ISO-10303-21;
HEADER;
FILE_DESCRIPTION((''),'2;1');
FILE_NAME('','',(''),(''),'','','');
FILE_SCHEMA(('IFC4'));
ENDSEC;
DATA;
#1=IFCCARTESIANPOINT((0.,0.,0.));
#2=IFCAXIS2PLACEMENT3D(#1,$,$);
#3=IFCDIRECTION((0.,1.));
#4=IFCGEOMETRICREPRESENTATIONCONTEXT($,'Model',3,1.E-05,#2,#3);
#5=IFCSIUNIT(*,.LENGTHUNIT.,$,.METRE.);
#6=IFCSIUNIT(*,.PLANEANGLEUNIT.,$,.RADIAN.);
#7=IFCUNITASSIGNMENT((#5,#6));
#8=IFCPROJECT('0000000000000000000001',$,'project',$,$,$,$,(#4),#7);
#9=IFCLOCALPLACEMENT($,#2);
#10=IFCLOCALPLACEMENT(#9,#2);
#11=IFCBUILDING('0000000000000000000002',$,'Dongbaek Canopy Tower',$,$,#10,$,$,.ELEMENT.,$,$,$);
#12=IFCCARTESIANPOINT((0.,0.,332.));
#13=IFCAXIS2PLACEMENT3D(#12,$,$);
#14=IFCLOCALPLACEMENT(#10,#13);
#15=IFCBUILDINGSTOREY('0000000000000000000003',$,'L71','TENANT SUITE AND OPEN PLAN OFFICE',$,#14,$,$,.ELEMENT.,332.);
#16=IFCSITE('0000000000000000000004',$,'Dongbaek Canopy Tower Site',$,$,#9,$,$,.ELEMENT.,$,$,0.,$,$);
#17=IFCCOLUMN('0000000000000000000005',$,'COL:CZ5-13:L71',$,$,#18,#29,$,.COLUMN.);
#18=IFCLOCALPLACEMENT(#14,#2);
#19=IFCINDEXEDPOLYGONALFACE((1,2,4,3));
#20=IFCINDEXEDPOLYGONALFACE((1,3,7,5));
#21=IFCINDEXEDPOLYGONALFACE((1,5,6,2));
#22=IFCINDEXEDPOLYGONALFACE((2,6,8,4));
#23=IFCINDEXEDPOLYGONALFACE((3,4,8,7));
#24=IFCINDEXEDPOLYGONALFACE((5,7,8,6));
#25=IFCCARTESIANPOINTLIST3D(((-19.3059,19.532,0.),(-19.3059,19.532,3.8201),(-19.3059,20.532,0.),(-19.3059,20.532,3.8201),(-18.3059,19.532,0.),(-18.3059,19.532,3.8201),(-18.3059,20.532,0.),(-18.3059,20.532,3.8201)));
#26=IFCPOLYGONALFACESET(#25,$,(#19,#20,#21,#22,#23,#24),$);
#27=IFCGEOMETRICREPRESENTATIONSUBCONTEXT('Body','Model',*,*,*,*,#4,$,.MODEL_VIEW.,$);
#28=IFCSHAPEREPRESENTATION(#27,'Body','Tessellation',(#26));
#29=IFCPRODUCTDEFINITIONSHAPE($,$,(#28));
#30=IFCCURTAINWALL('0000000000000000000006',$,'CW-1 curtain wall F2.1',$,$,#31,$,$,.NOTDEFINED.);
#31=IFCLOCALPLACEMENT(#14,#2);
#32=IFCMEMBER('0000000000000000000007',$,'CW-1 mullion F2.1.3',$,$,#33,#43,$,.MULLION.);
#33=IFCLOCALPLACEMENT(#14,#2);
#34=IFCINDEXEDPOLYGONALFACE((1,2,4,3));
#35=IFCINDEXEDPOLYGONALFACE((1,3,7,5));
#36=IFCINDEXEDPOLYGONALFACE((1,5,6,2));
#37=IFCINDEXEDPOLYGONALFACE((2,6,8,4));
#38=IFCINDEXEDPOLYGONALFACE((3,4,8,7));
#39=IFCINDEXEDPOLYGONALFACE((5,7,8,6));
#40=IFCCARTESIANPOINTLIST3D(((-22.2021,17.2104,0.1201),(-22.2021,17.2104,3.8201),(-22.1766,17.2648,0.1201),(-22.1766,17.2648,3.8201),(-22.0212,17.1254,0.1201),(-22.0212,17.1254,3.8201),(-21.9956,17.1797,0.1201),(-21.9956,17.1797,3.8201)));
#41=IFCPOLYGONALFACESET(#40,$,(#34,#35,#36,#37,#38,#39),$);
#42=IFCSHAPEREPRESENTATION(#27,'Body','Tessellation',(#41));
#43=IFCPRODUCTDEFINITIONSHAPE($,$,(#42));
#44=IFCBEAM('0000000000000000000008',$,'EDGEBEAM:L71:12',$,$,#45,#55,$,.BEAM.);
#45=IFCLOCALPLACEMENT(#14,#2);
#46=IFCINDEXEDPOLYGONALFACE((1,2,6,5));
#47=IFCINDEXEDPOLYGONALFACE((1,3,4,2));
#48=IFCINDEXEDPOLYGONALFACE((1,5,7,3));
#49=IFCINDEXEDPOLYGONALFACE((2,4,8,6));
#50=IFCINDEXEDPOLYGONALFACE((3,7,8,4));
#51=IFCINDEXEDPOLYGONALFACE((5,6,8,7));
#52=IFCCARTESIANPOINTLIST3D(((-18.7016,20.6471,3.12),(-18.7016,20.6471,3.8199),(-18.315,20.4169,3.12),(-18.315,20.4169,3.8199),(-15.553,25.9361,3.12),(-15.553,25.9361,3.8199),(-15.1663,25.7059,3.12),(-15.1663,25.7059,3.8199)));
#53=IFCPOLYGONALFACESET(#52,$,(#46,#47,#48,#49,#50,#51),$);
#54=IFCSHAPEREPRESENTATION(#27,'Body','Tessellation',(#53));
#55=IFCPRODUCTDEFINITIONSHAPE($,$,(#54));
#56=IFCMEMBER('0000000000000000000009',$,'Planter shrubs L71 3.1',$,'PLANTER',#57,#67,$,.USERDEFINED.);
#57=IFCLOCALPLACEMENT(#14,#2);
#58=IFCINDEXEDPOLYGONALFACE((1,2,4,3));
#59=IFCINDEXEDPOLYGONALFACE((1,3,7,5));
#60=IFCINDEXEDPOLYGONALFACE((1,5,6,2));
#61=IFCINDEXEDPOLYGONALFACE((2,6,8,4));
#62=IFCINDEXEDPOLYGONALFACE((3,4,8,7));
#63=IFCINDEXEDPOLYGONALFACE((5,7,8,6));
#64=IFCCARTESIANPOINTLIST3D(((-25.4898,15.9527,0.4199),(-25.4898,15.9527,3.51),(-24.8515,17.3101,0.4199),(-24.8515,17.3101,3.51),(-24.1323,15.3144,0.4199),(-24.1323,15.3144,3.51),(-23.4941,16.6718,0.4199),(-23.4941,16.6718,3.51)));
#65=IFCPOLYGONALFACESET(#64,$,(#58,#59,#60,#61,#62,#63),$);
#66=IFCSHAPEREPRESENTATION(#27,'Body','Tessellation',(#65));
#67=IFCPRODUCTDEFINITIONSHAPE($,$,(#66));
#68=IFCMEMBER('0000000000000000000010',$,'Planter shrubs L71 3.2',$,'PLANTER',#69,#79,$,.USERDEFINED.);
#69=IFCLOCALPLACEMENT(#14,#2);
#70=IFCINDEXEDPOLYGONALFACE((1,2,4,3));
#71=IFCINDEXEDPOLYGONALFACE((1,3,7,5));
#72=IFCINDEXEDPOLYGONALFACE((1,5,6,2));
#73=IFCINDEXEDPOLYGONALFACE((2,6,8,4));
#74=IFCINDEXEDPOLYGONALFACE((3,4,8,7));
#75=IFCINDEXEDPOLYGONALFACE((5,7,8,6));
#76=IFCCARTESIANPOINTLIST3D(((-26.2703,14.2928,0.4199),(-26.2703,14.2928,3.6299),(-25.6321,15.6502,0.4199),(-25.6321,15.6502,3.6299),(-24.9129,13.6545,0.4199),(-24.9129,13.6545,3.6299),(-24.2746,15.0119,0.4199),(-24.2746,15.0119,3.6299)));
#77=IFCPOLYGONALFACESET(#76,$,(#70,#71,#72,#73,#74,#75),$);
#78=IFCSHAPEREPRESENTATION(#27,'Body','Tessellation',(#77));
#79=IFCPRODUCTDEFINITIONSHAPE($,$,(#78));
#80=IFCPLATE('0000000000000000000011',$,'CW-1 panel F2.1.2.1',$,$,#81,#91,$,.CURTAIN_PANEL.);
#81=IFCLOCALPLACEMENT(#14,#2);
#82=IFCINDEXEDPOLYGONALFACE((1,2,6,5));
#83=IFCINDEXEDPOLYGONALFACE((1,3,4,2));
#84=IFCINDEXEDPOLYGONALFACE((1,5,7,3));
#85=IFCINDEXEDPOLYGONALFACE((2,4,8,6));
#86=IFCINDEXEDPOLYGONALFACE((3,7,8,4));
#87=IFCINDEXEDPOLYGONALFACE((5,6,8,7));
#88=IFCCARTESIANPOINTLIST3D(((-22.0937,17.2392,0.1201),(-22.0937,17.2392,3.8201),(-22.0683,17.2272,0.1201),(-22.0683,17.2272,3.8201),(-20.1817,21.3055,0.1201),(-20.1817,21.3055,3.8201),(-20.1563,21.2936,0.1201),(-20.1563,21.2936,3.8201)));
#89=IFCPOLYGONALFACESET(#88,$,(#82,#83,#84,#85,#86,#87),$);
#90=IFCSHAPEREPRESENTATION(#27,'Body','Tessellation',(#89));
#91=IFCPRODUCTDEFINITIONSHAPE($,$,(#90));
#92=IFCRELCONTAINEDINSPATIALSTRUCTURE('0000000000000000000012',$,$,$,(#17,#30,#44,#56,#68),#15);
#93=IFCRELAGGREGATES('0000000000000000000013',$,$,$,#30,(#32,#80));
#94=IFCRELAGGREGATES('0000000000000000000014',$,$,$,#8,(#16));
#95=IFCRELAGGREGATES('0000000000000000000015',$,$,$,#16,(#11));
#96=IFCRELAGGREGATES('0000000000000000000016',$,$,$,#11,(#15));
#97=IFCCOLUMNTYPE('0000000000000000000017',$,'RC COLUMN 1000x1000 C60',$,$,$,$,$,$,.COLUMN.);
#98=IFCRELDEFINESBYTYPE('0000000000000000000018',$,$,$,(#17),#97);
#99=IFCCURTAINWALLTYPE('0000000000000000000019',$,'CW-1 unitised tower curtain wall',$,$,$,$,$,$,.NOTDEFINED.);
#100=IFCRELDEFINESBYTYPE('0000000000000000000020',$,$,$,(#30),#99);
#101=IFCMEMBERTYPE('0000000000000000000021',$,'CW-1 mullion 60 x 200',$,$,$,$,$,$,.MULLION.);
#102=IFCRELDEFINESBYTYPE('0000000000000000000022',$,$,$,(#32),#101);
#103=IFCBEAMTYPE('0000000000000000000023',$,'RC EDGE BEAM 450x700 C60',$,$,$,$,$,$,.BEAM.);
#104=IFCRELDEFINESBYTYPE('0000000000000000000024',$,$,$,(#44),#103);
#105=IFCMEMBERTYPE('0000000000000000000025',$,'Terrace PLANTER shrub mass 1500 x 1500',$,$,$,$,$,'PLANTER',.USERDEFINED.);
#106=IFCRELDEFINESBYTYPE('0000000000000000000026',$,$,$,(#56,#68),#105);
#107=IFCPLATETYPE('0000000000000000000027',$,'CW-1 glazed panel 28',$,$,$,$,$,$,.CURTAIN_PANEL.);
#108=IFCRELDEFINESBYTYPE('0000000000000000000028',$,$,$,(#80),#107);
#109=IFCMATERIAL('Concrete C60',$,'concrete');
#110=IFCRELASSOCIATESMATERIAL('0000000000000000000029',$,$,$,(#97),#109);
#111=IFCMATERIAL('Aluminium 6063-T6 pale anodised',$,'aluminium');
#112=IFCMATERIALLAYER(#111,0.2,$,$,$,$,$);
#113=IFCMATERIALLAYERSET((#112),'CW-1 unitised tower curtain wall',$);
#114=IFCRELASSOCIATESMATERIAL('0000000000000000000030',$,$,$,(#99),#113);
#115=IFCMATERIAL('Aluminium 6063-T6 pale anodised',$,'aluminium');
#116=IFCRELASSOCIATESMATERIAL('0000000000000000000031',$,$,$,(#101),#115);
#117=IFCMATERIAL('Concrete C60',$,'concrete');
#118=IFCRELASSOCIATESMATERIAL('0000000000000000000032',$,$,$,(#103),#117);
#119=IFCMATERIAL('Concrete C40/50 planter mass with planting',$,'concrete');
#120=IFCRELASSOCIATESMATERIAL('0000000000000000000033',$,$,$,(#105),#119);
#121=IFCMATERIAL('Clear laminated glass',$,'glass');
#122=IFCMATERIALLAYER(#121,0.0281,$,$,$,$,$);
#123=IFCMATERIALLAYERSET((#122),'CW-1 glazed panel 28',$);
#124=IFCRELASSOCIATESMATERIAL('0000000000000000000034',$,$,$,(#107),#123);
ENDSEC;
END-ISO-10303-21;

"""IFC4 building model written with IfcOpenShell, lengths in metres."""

from ifc_helpers import new_model, si_unit, direction, frame, origin, origin_2d, place, context, subcontext, project, spatial, rectangle, extrude, material, layer, layer_set, material_profile, profile_set, type_object, element, aggregate, save


model = new_model("IFC4")

# Units and contexts
model_context = context("Model", 3, precision=1e-05, world=origin(), true_north=direction((0.0, 1.0)))
body_context = subcontext(model_context, "Body", "Model", "MODEL_VIEW")
ifc_project = project(units=[si_unit("LENGTHUNIT", "METRE"), si_unit("PLANEANGLEUNIT", "RADIAN")], contexts=[model_context])

# Site, building, storey
site_placement = place(None, origin())
site = spatial("IfcSite", under=ifc_project, at=site_placement, Name="Dongbaek Canopy Tower Site", CompositionType="ELEMENT", RefElevation=0.0)
building_placement = place(site_placement, origin())
building = spatial("IfcBuilding", under=site, at=building_placement, Name="Dongbaek Canopy Tower", CompositionType="ELEMENT")
storey_placement = place(building_placement, frame((0.0, 0.0, 332.0)))
storey = spatial("IfcBuildingStorey", under=building, at=storey_placement, Name="L71", Description="TENANT SUITE AND OPEN PLAN OFFICE", CompositionType="ELEMENT", Elevation=332.0)

# Column
ifc_material_1 = material(Name="Concrete C60", Category="concrete")
ifc_material_profile_1 = material_profile(ifc_material_1, rectangle(XDim=1.0, YDim=1.0, at=origin_2d()), Name="RC COLUMN 1000x1000 C60")
ifc_profile_set_1 = profile_set([ifc_material_profile_1], Name="Concrete C60")
column_type = type_object("IfcColumnType", Name="RC COLUMN 1000x1000 C60", PredefinedType="COLUMN", material=ifc_profile_set_1)
column_placement = place(storey_placement, frame((-18.8059, 20.032, 0.0), z_axis=(0.0, 0.0, 1.0), x_axis=(1.0, 0.0, 0.0)))
element("IfcColumn", 1, at=column_placement, inside=storey, type_object=column_type, Name="COL:CZ5-13:L71", PredefinedType="COLUMN", context=body_context, shape_type="SweptSolid", body=[
    extrude(rectangle(XDim=1.0, YDim=1.0, at=origin_2d()), origin(), (0.0, 0.0, 1.0), 3.8201),
])

# Curtain wall, member
ifc_material_2 = material(Name="Aluminium 6063-T6 pale anodised", Category="aluminium")
ifc_layer_1 = layer(ifc_material_2, 0.2)
ifc_layer_set_1 = layer_set([ifc_layer_1], Name="CW-1 unitised tower curtain wall")
curtain_wall_type = type_object("IfcCurtainWallType", Name="CW-1 unitised tower curtain wall", PredefinedType="NOTDEFINED", material=ifc_layer_set_1)
curtain_wall_placement = place(storey_placement, origin())
curtain_wall = element("IfcCurtainWall", 2, at=curtain_wall_placement, inside=storey, type_object=curtain_wall_type, Name="CW-1 curtain wall F2.1", PredefinedType="NOTDEFINED")
ifc_material_3 = material(Name="Aluminium 6063-T6 pale anodised", Category="aluminium")
ifc_material_profile_2 = material_profile(ifc_material_3, rectangle(XDim=0.2, YDim=0.0601, at=origin_2d()), Name="CW-1 mullion 60 x 200")
ifc_profile_set_2 = profile_set([ifc_material_profile_2], Name="Aluminium 6063-T6 pale anodised")
member_type_1 = type_object("IfcMemberType", Name="CW-1 mullion 60 x 200", PredefinedType="MULLION", material=ifc_profile_set_2)
member_1_placement = place(storey_placement, frame((-22.0989, 17.1951, 0.1201), z_axis=(0.0, 0.0, 1.0), x_axis=(-0.904958, 0.4255, 0.0)))
member_1 = element("IfcMember", 3, at=member_1_placement, type_object=member_type_1, Name="CW-1 mullion F2.1.3", PredefinedType="MULLION", context=body_context, shape_type="SweptSolid", body=[
    extrude(rectangle(XDim=0.2, YDim=0.0601, at=origin_2d()), origin(), (0.0, 0.0, 1.0), 3.7),
])

# Beam
ifc_material_4 = material(Name="Concrete C60", Category="concrete")
ifc_material_profile_3 = material_profile(ifc_material_4, rectangle(XDim=0.45, YDim=0.7, at=origin_2d()), Name="RC EDGE BEAM 450x700 C60")
ifc_profile_set_3 = profile_set([ifc_material_profile_3], Name="Concrete C60")
beam_type = type_object("IfcBeamType", Name="RC EDGE BEAM 450x700 C60", PredefinedType="BEAM", material=ifc_profile_set_3)
beam_placement = place(storey_placement, frame((-18.5083, 20.532, 3.47), z_axis=(0.511535, 0.859262, 0.0), x_axis=(-0.859262, 0.511535, 0.0)))
element("IfcBeam", 4, at=beam_placement, inside=storey, type_object=beam_type, Name="EDGEBEAM:L71:12", PredefinedType="BEAM", context=body_context, shape_type="SweptSolid", body=[
    extrude(rectangle(XDim=0.45, YDim=0.7, at=origin_2d()), origin(), (0.0, 0.0, 1.0), 6.1553),
])

# Members
ifc_material_5 = material(Name="Concrete C40/50 planter mass with planting", Category="concrete")
ifc_material_profile_4 = material_profile(ifc_material_5, rectangle(XDim=1.5, YDim=1.5, at=origin_2d()), Name="Terrace PLANTER shrub mass 1500 x 1500")
ifc_profile_set_4 = profile_set([ifc_material_profile_4], Name="Concrete C40/50 planter mass with planting")
member_type_2 = type_object("IfcMemberType", Name="Terrace PLANTER shrub mass 1500 x 1500", ElementType="PLANTER", PredefinedType="USERDEFINED", material=ifc_profile_set_4)
member_2_placement = place(storey_placement, frame((-24.4919, 16.3123, 0.4199), z_axis=(0.0, 0.0, 1.0), x_axis=(-0.904958, 0.4255, 0.0)))
element("IfcMember", 5, at=member_2_placement, inside=storey, type_object=member_type_2, Name="Planter shrubs L71 3.1", ObjectType="PLANTER", PredefinedType="USERDEFINED", context=body_context, shape_type="SweptSolid", body=[
    extrude(rectangle(XDim=1.5, YDim=1.5, at=origin_2d()), origin(), (0.0, 0.0, 1.0), 3.0901),
])
member_3_placement = place(storey_placement, frame((-25.2725, 14.6523, 0.4199), z_axis=(0.0, 0.0, 1.0), x_axis=(-0.904958, 0.4255, 0.0)))
element("IfcMember", 6, at=member_3_placement, inside=storey, type_object=member_type_2, Name="Planter shrubs L71 3.2", ObjectType="PLANTER", PredefinedType="USERDEFINED", context=body_context, shape_type="SweptSolid", body=[
    extrude(rectangle(XDim=1.5, YDim=1.5, at=origin_2d()), origin(), (0.0, 0.0, 1.0), 3.21),
])

# Plate
ifc_material_6 = material(Name="Clear laminated glass", Category="glass")
ifc_layer_2 = layer(ifc_material_6, 0.0281)
ifc_layer_set_2 = layer_set([ifc_layer_2], Name="CW-1 glazed panel 28")
plate_type = type_object("IfcPlateType", Name="CW-1 glazed panel 28", PredefinedType="CURTAIN_PANEL", material=ifc_layer_set_2)
plate_placement = place(storey_placement, frame((-21.125, 19.2664, 0.1201), z_axis=(0.0, 0.0, 1.0), x_axis=(-0.4255, -0.904958, 0.0)))
plate = element("IfcPlate", 7, at=plate_placement, type_object=plate_type, Name="CW-1 panel F2.1.2.1", PredefinedType="CURTAIN_PANEL", context=body_context, shape_type="SweptSolid", body=[
    extrude(rectangle(XDim=4.4934, YDim=0.0281, at=origin_2d()), origin(), (0.0, 0.0, 1.0), 3.7),
])
aggregate(curtain_wall, [member_1, plate])

save(model, "model.ifc")
